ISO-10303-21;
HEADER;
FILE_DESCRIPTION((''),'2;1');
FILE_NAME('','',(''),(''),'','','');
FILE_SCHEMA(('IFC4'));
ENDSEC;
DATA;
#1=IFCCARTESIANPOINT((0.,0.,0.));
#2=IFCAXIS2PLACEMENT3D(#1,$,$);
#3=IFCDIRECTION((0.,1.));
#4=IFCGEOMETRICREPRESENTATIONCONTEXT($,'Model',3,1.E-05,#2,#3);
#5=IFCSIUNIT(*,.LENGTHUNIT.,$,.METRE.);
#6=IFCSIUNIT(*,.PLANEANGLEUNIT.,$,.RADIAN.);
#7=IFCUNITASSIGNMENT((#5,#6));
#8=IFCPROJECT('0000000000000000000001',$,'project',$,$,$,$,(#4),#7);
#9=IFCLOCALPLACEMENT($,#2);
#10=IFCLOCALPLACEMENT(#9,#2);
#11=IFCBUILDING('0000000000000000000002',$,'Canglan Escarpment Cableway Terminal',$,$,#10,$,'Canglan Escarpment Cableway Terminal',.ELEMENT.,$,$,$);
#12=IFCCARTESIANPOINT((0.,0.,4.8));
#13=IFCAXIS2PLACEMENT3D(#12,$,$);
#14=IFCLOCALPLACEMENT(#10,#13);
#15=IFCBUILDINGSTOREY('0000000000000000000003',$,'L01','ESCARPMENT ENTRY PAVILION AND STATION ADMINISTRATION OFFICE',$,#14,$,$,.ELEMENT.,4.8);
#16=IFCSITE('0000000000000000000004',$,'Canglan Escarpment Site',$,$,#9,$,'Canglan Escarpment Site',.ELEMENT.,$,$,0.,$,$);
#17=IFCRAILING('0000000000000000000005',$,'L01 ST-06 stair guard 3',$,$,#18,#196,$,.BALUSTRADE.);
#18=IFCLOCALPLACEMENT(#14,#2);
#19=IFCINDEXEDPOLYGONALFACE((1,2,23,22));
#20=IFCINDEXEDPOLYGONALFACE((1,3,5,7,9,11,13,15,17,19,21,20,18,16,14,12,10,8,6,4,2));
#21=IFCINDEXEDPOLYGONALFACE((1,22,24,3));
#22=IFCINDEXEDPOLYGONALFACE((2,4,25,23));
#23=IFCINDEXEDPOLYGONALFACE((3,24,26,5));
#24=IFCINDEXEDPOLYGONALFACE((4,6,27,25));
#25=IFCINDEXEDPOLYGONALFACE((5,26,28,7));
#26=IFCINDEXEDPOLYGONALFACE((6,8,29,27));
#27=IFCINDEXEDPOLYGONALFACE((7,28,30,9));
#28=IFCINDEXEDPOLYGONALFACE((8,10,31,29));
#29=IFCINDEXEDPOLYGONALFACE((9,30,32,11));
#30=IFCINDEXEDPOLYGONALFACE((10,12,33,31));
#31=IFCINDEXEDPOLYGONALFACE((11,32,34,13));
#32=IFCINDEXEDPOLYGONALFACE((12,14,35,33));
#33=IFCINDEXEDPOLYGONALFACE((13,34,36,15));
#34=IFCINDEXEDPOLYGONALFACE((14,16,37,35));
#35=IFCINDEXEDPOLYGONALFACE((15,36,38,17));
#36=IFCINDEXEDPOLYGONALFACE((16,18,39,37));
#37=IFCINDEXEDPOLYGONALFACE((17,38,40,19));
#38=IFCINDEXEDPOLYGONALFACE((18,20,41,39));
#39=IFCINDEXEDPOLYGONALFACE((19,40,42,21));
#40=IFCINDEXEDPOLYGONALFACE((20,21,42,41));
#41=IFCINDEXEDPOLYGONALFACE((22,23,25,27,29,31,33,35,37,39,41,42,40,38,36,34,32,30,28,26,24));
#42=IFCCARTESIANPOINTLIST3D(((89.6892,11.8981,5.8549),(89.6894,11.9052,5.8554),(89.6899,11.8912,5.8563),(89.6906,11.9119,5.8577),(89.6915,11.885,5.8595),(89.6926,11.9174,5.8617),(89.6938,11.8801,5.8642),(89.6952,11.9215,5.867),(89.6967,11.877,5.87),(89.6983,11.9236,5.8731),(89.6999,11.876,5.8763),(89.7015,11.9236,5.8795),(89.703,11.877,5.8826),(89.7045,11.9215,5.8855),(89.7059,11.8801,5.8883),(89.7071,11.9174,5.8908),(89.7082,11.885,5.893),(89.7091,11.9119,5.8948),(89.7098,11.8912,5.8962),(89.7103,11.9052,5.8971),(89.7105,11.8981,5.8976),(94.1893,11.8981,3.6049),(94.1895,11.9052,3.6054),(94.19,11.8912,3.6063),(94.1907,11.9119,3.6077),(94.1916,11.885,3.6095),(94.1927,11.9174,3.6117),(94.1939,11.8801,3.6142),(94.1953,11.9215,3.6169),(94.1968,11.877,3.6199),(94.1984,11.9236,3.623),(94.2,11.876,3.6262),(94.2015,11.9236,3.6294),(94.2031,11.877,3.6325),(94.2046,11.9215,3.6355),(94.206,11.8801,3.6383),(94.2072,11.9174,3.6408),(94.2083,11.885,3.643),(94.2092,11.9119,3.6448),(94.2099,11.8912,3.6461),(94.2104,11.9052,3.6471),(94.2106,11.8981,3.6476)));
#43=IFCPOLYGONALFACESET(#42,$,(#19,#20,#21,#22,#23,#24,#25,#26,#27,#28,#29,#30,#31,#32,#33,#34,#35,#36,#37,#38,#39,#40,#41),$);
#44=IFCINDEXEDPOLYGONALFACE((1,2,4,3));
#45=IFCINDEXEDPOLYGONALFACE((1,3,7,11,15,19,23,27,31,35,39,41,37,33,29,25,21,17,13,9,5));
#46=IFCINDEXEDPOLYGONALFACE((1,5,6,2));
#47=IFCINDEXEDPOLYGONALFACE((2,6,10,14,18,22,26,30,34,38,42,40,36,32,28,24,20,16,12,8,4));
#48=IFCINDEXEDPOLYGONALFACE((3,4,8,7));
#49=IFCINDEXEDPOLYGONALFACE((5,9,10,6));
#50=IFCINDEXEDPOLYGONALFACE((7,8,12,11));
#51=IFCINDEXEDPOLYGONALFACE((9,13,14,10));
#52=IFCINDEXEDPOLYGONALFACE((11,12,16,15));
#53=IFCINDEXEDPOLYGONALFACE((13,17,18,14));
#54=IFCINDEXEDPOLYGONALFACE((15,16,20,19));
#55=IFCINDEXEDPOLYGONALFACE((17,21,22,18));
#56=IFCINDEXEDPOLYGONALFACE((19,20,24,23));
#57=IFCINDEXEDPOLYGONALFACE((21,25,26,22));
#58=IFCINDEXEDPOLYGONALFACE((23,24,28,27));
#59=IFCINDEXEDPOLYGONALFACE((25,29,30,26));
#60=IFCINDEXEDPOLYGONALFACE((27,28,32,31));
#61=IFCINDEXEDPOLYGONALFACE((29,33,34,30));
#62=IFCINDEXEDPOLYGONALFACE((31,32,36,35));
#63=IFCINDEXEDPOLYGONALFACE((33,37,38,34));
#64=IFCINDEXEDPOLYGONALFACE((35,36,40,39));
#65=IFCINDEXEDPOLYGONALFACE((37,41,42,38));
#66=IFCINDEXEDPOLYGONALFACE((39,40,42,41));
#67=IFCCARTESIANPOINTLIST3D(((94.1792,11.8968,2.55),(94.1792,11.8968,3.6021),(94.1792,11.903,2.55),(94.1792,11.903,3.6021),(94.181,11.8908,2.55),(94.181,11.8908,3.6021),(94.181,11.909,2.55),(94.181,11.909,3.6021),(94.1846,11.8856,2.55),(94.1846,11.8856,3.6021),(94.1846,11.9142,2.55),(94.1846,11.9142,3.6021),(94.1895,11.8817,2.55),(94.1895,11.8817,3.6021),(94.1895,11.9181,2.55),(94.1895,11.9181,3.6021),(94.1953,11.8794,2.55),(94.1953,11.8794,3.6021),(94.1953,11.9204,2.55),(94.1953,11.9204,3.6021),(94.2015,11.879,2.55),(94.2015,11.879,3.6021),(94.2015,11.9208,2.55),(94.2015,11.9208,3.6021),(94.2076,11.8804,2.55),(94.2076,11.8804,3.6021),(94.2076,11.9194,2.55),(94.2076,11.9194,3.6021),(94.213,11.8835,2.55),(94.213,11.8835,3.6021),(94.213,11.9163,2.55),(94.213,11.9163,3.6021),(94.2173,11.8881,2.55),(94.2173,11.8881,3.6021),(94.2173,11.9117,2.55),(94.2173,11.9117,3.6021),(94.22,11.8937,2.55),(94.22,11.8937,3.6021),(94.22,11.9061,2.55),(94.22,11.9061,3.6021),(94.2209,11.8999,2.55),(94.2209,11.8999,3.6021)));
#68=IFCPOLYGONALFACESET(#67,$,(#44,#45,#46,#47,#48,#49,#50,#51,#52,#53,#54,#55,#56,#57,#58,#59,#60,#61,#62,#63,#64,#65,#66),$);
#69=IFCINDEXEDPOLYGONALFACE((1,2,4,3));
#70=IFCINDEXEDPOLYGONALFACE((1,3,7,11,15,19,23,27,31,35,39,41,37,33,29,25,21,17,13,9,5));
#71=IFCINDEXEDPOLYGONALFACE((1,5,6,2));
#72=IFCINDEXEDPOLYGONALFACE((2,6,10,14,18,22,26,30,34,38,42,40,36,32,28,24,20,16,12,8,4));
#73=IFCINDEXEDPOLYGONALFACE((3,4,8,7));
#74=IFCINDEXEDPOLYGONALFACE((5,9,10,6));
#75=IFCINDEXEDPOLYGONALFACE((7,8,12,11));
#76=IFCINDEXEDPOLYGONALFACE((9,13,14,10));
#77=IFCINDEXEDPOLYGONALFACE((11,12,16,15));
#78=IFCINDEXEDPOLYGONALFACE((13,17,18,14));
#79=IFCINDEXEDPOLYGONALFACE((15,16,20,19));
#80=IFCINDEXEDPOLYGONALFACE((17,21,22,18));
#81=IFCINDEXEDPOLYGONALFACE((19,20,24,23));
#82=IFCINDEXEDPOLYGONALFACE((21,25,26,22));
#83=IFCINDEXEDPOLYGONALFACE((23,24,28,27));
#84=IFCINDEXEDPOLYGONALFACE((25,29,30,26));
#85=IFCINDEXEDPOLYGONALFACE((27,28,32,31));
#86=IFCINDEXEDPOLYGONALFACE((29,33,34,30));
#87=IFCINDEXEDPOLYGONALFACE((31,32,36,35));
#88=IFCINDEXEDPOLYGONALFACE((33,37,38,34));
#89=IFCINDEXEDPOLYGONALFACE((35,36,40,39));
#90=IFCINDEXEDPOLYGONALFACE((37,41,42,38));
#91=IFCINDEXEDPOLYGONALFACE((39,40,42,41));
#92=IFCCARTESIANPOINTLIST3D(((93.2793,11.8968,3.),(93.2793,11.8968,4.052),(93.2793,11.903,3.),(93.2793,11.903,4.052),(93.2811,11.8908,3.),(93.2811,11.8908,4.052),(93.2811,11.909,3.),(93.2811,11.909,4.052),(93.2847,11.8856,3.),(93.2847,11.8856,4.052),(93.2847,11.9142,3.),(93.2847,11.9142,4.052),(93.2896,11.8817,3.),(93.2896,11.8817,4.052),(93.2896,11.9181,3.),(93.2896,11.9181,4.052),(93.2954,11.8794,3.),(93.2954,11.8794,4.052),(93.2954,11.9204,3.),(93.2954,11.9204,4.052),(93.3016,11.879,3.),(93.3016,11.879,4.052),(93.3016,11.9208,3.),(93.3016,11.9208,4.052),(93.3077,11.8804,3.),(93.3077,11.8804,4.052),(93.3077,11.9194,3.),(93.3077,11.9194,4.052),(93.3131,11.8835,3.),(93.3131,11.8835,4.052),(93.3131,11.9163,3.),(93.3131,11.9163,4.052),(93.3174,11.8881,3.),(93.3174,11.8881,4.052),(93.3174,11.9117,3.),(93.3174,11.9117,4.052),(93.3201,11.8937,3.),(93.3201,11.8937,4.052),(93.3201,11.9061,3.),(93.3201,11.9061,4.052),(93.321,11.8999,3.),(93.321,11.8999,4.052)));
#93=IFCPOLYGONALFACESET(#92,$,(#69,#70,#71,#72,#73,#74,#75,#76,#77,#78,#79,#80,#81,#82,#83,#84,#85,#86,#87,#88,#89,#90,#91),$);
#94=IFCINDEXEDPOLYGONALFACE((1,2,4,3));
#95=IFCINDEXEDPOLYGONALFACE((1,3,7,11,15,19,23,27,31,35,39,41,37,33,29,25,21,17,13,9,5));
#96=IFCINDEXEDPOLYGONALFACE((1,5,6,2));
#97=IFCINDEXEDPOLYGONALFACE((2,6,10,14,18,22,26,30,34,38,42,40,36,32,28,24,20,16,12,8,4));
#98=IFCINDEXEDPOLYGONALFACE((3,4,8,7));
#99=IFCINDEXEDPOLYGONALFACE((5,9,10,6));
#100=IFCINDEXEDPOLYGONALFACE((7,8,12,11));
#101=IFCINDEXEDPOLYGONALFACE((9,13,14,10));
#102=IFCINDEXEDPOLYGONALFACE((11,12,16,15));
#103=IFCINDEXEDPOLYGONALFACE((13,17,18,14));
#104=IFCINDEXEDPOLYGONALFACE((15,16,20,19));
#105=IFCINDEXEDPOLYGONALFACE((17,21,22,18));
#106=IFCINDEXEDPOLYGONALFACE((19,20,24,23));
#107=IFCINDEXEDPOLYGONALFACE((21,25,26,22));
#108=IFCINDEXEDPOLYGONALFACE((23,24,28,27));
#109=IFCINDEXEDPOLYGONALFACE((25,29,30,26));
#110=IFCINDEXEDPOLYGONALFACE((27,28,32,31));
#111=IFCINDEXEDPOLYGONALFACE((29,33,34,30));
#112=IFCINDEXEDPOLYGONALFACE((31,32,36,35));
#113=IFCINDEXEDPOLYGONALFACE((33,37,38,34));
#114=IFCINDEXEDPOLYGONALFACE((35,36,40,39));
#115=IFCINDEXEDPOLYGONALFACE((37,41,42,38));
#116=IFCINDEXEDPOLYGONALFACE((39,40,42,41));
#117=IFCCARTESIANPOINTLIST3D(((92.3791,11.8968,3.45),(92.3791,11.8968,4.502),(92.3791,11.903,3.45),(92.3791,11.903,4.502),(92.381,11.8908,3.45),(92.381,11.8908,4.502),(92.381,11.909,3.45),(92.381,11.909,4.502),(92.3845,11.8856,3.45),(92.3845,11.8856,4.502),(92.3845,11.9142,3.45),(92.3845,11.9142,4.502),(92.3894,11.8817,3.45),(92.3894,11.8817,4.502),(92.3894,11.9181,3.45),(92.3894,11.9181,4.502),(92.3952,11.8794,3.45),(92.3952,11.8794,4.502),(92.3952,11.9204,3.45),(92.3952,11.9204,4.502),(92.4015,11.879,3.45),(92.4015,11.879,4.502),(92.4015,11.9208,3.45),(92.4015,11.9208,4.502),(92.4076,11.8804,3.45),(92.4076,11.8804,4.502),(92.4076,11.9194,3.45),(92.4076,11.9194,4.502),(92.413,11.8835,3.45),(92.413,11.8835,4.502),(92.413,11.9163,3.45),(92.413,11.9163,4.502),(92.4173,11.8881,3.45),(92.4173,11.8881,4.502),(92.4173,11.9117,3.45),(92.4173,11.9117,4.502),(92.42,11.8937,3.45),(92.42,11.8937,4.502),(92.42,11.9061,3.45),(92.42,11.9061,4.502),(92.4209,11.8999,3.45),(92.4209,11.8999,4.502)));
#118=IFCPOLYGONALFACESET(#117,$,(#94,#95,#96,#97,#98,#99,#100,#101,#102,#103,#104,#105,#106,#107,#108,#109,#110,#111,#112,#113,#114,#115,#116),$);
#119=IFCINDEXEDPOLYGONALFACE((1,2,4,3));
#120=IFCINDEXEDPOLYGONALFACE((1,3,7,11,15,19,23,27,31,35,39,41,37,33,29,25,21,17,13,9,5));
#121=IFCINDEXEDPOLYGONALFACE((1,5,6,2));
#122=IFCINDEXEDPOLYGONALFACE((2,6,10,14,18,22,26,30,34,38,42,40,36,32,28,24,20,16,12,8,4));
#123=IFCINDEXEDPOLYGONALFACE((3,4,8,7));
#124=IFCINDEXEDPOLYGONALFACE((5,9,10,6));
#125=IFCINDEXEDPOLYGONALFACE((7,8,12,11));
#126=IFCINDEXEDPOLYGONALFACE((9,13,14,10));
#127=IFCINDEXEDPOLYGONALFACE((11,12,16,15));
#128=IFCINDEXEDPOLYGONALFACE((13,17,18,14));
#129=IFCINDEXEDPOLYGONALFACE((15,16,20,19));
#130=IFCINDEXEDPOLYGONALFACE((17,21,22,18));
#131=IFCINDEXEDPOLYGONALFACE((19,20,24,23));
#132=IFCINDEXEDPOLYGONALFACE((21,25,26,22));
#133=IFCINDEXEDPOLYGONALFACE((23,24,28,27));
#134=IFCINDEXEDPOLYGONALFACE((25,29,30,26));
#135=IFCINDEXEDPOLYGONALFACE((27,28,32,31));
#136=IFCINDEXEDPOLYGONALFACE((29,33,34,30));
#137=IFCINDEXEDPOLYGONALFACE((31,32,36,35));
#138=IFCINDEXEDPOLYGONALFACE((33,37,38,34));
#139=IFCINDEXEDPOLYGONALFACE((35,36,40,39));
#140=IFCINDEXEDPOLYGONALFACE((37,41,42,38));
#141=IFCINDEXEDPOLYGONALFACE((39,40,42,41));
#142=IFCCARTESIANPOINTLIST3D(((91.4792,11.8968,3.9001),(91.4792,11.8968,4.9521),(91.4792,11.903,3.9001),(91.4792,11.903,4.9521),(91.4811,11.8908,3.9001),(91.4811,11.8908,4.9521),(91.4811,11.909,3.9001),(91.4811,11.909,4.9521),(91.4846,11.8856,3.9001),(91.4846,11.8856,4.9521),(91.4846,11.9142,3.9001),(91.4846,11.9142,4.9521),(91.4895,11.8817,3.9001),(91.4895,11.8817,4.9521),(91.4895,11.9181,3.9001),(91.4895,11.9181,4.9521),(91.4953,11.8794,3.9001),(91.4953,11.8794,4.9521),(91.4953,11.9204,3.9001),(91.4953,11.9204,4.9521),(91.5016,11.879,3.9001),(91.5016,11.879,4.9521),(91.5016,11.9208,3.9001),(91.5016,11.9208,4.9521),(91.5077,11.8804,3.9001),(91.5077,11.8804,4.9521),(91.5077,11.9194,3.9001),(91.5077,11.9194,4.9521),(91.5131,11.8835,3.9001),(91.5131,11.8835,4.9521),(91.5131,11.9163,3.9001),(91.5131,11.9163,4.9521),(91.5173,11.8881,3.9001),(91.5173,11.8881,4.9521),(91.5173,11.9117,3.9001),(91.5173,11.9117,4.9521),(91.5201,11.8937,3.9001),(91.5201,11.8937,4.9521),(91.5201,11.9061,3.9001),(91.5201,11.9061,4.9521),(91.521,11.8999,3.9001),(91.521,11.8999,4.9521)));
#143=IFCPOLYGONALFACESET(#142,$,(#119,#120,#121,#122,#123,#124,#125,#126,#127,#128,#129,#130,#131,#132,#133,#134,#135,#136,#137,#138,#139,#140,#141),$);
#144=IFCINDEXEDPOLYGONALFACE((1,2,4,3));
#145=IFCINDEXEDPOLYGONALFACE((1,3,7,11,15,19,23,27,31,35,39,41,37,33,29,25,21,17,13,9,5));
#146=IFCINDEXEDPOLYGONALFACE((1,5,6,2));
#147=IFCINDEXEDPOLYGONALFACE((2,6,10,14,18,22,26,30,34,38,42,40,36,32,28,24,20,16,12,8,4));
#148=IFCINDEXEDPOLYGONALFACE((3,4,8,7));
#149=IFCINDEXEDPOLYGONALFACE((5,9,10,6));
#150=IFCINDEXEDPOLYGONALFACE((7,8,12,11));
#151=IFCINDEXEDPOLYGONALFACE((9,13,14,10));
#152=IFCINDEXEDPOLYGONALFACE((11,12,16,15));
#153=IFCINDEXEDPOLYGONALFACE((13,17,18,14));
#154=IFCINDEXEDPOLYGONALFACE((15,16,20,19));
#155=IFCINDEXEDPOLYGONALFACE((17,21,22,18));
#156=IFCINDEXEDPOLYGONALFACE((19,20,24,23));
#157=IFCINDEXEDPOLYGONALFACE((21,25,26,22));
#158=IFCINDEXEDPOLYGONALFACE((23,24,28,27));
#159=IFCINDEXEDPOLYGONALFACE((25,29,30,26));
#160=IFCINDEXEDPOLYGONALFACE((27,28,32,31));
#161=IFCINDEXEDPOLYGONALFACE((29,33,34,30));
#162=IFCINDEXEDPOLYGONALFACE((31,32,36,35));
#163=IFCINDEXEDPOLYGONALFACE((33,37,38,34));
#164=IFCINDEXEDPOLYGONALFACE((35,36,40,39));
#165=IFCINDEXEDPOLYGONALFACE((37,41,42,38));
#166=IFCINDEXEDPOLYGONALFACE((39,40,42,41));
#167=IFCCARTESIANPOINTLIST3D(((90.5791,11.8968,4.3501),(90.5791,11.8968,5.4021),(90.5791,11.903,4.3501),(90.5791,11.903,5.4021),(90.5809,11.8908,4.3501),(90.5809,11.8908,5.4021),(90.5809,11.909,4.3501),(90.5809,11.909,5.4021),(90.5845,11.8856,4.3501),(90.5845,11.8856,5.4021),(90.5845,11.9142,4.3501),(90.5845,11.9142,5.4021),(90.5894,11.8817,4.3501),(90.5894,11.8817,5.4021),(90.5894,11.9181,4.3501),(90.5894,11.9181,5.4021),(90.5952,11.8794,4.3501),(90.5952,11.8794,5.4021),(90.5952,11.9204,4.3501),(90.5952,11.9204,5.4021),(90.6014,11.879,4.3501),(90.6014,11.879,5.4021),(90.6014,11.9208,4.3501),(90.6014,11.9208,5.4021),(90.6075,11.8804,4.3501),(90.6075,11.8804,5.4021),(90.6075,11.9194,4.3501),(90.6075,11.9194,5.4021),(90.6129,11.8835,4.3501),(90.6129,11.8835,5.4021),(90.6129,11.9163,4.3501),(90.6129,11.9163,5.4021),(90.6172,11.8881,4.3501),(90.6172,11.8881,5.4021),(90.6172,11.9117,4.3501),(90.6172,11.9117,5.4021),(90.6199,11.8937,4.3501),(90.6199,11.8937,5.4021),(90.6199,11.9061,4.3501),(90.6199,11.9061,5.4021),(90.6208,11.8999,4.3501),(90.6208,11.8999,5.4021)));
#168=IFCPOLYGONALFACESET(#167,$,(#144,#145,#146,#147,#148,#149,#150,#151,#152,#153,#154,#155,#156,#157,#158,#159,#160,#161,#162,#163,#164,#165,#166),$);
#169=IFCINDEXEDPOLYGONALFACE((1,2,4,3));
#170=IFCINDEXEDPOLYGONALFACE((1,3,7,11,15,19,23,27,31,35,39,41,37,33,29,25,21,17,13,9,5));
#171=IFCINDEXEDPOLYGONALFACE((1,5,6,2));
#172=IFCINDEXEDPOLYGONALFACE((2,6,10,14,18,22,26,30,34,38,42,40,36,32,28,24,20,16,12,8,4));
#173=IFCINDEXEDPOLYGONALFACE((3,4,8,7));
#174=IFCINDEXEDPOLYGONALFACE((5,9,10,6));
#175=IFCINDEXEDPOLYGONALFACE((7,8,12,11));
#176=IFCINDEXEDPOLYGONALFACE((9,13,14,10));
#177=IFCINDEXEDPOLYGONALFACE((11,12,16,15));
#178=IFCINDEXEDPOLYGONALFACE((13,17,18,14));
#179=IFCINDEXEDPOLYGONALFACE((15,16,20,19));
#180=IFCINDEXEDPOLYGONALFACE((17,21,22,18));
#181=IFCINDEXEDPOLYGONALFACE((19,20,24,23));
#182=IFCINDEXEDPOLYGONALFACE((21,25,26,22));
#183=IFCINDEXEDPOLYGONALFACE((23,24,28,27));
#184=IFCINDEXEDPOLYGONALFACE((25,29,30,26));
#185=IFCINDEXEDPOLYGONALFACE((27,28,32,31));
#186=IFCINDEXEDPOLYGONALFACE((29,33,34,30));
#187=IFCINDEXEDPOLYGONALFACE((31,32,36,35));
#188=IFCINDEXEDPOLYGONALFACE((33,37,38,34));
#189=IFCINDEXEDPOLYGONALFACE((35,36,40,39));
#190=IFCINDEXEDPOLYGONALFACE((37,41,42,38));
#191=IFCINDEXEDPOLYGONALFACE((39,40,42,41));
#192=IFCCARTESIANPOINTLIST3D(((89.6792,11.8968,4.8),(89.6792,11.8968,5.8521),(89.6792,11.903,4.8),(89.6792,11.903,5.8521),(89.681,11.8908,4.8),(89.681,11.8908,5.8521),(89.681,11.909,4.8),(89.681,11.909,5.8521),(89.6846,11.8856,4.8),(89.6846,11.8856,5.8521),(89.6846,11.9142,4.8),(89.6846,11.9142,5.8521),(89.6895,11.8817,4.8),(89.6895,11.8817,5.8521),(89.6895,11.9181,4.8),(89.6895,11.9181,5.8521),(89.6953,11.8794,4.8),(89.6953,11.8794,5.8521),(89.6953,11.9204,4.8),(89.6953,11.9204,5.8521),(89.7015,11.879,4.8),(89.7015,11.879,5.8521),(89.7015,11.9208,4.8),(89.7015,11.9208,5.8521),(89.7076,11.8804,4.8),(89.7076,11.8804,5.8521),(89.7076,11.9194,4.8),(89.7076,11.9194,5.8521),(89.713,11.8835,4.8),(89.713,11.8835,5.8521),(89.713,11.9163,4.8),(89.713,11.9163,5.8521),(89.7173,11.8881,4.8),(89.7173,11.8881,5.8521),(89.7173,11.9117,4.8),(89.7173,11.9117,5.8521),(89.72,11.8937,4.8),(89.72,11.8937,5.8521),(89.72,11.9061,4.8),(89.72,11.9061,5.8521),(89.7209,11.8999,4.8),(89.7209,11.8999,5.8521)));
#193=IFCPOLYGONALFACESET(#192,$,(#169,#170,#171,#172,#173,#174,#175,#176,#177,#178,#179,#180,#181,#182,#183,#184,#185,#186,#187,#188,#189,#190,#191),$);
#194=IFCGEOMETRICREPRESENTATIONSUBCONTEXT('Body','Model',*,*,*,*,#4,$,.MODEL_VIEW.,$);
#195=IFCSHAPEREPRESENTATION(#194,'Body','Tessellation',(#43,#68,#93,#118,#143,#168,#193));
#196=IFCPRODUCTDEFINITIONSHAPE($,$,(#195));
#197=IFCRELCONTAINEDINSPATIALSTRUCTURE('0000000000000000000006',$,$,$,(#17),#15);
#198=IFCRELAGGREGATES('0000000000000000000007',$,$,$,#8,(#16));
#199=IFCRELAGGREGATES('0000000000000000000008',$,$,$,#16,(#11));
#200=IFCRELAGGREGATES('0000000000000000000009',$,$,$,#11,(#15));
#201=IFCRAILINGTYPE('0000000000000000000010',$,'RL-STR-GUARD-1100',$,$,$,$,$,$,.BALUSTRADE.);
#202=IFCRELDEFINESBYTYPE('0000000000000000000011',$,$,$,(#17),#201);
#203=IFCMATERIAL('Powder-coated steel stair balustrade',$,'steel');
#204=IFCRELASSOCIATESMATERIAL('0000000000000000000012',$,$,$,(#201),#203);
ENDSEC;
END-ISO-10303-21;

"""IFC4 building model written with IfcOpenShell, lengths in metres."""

from ifc_helpers import new_model, si_unit, direction, frame, origin, origin_2d, place, context, subcontext, project, spatial, circle, extrude, material, type_object, element, save


model = new_model("IFC4")

# Units and contexts
model_context = context("Model", 3, precision=1e-05, world=origin(), true_north=direction((0.0, 1.0)))
body_context = subcontext(model_context, "Body", "Model", "MODEL_VIEW")
ifc_project = project(units=[si_unit("LENGTHUNIT", "METRE"), si_unit("PLANEANGLEUNIT", "RADIAN")], contexts=[model_context])

# Site, building, storey
site_placement = place(None, origin())
site = spatial("IfcSite", under=ifc_project, at=site_placement, Name="Canglan Escarpment Site", LongName="Canglan Escarpment Site", CompositionType="ELEMENT", RefElevation=0.0)
building_placement = place(site_placement, origin())
building = spatial("IfcBuilding", under=site, at=building_placement, Name="Canglan Escarpment Cableway Terminal", LongName="Canglan Escarpment Cableway Terminal", CompositionType="ELEMENT")
storey_placement = place(building_placement, frame((0.0, 0.0, 4.8)))
storey = spatial("IfcBuildingStorey", under=building, at=storey_placement, Name="L01", Description="ESCARPMENT ENTRY PAVILION AND STATION ADMINISTRATION OFFICE", CompositionType="ELEMENT", Elevation=4.8)

# Railing
ifc_material_1 = material(Name="Powder-coated steel stair balustrade", Category="steel")
railing_type_1 = type_object("IfcRailingType", Name="RL-STR-GUARD-1100", PredefinedType="BALUSTRADE", material=ifc_material_1)
railing_1_placement = place(storey_placement, frame((94.2, 11.8999, 2.55)))
element("IfcRailing", 1, at=railing_1_placement, inside=storey, type_object=railing_type_1, Name="L01 ST-06 stair guard 3", PredefinedType="BALUSTRADE", context=body_context, shape_type="SweptSolid", body=[
    extrude(circle(Radius=0.0239, at=origin_2d()), frame((0.0, 0.0, 1.0762), z_axis=(-0.894427, 0.0, 0.447214), x_axis=(0.0, -1.0, 0.0)), (0.0, 0.0, 1.0), 5.0312),
    extrude(circle(Radius=0.021, at=origin_2d()), origin(), (0.0, 0.0, 1.0), 1.052),
    extrude(circle(Radius=0.021, at=origin_2d()), frame((-0.8999, 0.0, 0.45)), (0.0, 0.0, 1.0), 1.052),
    extrude(circle(Radius=0.021, at=origin_2d()), frame((-1.8, 0.0, 0.8999)), (0.0, 0.0, 1.0), 1.052),
    extrude(circle(Radius=0.021, at=origin_2d()), frame((-2.7, 0.0, 1.3501)), (0.0, 0.0, 1.0), 1.052),
    extrude(circle(Radius=0.021, at=origin_2d()), frame((-3.6001, 0.0, 1.8)), (0.0, 0.0, 1.0), 1.052),
    extrude(circle(Radius=0.021, at=origin_2d()), frame((-4.5, 0.0, 2.25)), (0.0, 0.0, 1.0), 1.052),
])

save(model, "model.ifc")
